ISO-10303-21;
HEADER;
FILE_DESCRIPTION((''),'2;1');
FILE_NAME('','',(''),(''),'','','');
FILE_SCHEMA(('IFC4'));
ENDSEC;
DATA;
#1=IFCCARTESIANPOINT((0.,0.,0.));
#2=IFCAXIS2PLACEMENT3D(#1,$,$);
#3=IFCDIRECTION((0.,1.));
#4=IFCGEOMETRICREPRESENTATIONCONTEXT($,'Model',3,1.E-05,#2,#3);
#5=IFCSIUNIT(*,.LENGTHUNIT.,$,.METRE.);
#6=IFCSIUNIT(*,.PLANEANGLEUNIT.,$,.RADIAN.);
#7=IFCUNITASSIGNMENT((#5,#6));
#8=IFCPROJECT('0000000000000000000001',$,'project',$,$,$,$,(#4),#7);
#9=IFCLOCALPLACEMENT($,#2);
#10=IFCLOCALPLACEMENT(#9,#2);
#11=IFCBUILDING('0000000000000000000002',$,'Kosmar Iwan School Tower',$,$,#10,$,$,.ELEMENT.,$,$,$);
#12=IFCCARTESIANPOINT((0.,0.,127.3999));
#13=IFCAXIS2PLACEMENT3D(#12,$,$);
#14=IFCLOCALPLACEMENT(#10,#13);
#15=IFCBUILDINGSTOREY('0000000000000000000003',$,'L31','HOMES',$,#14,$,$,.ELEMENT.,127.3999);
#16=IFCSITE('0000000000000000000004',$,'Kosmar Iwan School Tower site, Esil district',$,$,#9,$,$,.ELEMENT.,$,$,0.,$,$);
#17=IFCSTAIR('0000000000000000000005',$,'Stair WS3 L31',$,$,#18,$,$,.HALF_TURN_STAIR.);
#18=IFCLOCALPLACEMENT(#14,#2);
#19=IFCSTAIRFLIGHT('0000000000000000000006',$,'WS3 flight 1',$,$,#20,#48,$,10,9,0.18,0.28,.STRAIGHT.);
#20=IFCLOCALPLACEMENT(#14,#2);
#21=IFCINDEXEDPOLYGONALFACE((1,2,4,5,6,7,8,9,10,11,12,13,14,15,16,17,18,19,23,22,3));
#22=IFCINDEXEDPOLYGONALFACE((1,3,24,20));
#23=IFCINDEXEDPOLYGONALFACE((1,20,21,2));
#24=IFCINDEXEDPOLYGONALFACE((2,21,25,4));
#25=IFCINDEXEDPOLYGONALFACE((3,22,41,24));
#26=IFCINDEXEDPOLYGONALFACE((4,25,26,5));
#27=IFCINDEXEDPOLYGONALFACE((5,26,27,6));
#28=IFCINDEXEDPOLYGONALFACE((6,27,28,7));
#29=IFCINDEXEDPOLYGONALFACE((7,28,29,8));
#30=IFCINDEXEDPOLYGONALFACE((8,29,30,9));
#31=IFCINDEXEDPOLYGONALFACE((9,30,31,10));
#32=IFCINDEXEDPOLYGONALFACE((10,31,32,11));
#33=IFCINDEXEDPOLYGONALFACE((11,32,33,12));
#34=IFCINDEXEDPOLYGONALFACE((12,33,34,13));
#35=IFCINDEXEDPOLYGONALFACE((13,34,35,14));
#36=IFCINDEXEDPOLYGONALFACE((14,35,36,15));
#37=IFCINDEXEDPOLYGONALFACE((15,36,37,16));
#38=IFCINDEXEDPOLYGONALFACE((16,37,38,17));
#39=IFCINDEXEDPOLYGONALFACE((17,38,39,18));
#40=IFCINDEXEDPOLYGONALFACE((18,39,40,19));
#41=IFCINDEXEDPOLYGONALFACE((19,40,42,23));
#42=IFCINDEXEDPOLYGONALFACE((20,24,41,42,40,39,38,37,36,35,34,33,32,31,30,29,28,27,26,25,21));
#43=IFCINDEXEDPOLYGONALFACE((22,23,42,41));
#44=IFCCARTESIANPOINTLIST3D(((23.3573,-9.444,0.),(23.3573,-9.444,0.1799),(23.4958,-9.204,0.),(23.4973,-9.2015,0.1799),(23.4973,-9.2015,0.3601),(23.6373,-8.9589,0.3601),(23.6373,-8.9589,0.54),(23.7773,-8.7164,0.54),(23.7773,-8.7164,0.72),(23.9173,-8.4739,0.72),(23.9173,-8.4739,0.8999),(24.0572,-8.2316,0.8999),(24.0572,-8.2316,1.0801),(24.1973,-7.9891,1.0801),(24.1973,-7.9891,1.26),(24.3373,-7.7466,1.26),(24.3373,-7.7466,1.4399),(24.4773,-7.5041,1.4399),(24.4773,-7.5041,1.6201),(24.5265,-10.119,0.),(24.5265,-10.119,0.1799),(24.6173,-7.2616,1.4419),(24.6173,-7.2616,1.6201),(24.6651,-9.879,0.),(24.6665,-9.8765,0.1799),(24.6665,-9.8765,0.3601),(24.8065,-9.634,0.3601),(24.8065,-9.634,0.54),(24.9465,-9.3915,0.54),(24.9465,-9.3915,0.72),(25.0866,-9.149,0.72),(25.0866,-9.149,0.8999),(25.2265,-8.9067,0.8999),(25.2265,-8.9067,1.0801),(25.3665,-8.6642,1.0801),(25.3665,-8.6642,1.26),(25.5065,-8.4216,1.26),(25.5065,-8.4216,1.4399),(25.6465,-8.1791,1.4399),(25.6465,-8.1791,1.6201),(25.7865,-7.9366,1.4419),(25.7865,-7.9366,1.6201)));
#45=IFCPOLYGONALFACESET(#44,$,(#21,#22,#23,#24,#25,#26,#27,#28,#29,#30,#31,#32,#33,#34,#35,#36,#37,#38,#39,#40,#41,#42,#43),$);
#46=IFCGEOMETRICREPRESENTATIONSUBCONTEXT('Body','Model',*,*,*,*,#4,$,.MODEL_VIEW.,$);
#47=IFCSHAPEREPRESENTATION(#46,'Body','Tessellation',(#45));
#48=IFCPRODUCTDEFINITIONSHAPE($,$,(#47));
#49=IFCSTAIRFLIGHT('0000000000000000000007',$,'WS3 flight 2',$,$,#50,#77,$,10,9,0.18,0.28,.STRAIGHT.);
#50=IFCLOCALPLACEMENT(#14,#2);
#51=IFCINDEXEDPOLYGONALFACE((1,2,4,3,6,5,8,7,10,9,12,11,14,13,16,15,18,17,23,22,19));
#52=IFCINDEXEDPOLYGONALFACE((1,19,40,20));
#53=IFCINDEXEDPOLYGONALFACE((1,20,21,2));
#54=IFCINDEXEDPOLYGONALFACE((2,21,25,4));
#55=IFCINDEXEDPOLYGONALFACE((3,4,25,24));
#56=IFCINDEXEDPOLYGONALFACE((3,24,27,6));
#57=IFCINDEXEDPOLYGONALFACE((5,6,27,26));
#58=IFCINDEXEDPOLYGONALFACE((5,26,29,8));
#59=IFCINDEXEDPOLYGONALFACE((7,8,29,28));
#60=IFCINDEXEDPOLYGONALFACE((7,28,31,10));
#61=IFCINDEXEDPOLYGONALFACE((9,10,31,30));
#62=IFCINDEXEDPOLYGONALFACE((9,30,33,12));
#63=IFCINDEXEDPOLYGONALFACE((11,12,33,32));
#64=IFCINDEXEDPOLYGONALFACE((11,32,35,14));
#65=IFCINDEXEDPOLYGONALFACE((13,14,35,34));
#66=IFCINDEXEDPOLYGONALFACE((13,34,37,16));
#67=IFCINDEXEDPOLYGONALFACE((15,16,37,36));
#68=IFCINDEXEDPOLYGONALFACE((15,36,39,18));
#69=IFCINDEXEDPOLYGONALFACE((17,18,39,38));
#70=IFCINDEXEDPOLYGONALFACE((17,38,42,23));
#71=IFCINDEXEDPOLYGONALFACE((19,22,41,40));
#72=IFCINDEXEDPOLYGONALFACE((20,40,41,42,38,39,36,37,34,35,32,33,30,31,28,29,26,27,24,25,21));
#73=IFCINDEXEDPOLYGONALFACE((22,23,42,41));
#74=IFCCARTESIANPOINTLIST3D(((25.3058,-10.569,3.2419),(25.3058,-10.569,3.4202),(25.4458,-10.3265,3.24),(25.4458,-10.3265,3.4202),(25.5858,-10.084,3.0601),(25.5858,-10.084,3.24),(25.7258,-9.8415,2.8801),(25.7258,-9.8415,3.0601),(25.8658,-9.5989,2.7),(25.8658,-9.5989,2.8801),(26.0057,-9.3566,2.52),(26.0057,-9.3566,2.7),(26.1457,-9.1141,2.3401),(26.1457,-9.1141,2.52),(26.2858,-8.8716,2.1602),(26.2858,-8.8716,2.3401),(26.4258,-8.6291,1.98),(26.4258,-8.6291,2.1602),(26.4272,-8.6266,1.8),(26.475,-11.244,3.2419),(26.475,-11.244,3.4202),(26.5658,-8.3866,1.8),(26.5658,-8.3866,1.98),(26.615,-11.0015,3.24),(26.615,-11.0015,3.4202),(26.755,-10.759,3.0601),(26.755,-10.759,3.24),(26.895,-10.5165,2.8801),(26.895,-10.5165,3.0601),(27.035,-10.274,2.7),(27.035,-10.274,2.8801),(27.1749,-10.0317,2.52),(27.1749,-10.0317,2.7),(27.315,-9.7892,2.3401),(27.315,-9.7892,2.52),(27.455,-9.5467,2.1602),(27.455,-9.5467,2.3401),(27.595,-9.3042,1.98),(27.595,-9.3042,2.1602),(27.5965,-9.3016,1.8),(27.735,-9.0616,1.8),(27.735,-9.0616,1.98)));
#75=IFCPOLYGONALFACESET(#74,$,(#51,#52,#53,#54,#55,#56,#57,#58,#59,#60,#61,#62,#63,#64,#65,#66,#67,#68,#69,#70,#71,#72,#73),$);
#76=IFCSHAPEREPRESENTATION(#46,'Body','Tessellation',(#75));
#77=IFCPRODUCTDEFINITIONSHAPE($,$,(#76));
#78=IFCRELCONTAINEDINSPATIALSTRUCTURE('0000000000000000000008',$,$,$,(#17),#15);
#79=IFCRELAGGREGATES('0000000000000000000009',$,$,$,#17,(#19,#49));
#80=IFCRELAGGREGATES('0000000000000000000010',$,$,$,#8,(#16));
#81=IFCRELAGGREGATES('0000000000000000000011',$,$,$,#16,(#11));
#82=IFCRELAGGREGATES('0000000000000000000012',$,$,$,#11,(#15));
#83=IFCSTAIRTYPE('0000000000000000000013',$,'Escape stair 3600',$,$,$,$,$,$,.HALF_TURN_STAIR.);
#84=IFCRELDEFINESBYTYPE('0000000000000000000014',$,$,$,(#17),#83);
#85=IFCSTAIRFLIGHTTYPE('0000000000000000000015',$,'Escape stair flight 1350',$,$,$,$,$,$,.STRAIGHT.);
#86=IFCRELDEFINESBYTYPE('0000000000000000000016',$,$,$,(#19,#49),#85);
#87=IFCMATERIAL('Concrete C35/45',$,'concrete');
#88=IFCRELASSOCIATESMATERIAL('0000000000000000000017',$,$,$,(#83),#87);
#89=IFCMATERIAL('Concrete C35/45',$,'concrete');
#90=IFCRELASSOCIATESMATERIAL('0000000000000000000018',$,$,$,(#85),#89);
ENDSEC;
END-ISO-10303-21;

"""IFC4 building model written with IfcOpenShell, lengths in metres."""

from ifc_helpers import new_model, si_unit, direction, frame, origin, place, context, subcontext, project, spatial, polyline, outline, extrude, material, type_object, element, aggregate, save


model = new_model("IFC4")

# Units and contexts
model_context = context("Model", 3, precision=1e-05, world=origin(), true_north=direction((0.0, 1.0)))
body_context = subcontext(model_context, "Body", "Model", "MODEL_VIEW")
ifc_project = project(units=[si_unit("LENGTHUNIT", "METRE"), si_unit("PLANEANGLEUNIT", "RADIAN")], contexts=[model_context])

# Site, building, storey
site_placement = place(None, origin())
site = spatial("IfcSite", under=ifc_project, at=site_placement, Name="Kosmar Iwan School Tower site, Esil district", CompositionType="ELEMENT", RefElevation=0.0)
building_placement = place(site_placement, origin())
building = spatial("IfcBuilding", under=site, at=building_placement, Name="Kosmar Iwan School Tower", CompositionType="ELEMENT")
storey_placement = place(building_placement, frame((0.0, 0.0, 127.3999)))
storey = spatial("IfcBuildingStorey", under=building, at=storey_placement, Name="L31", Description="HOMES", CompositionType="ELEMENT", Elevation=127.3999)

# Stair, stair flights
ifc_material_1 = material(Name="Concrete C35/45", Category="concrete")
stair_type = type_object("IfcStairType", Name="Escape stair 3600", PredefinedType="HALF_TURN_STAIR", material=ifc_material_1)
stair_placement = place(storey_placement, origin())
stair = element("IfcStair", 1, at=stair_placement, inside=storey, type_object=stair_type, Name="Stair WS3 L31", PredefinedType="HALF_TURN_STAIR")
ifc_material_2 = material(Name="Concrete C35/45", Category="concrete")
stair_flight_type = type_object("IfcStairFlightType", Name="Escape stair flight 1350", PredefinedType="STRAIGHT", material=ifc_material_2)
stair_flight_1_placement = place(storey_placement, frame((23.9419, -9.7815, 0.0), z_axis=(0.0, 0.0, 1.0), x_axis=(0.5, 0.866025, 0.0)))
stair_flight_1 = element("IfcStairFlight", 2, at=stair_flight_1_placement, type_object=stair_flight_type, Name="WS3 flight 1", NumberOfRisers=10, NumberOfTreads=9, PredefinedType="STRAIGHT", RiserHeight=0.18, TreadLength=0.28, context=body_context, shape_type="SweptSolid", body=[
    extrude(outline(polyline([(0.0, 0.0), (0.0, 0.1799), (0.28, 0.1799), (0.28, 0.3601), (0.5601, 0.3601), (0.5601, 0.54), (0.8401, 0.54), (0.8401, 0.72), (1.1201, 0.72), (1.1201, 0.8999), (1.3999, 0.8999), (1.3999, 1.0801), (1.6799, 1.0801), (1.6799, 1.26), (1.96, 1.26), (1.96, 1.4399), (2.24, 1.4399), (2.24, 1.6201), (2.52, 1.6201), (2.52, 1.8), (2.52, 1.4419), (0.2771, 0.0), (0.0, 0.0)])), frame((0.0, 0.675, 0.0), z_axis=(0.0, -1.0, 0.0), x_axis=(1.0, 0.0, 0.0)), (0.0, 0.0, 1.0), 1.3501),
])
stair_flight_2_placement = place(storey_placement, frame((27.1504, -8.7241, 1.8), z_axis=(0.0, 0.0, 1.0), x_axis=(-0.5, -0.866025, 0.0)))
stair_flight_2 = element("IfcStairFlight", 3, at=stair_flight_2_placement, type_object=stair_flight_type, Name="WS3 flight 2", NumberOfRisers=10, NumberOfTreads=9, PredefinedType="STRAIGHT", RiserHeight=0.18, TreadLength=0.28, context=body_context, shape_type="SweptSolid", body=[
    extrude(outline(polyline([(0.0, 0.0), (0.0, 0.1799), (0.28, 0.1799), (0.28, 0.3601), (0.5601, 0.3601), (0.5601, 0.54), (0.8401, 0.54), (0.8401, 0.72), (1.1201, 0.72), (1.1201, 0.8999), (1.3999, 0.8999), (1.3999, 1.0801), (1.6799, 1.0801), (1.6799, 1.26), (1.96, 1.26), (1.96, 1.4399), (2.24, 1.4399), (2.24, 1.6201), (2.52, 1.6201), (2.52, 1.8), (2.52, 1.4419), (0.2771, 0.0), (0.0, 0.0)])), frame((0.0, 0.675, 0.0), z_axis=(0.0, -1.0, 0.0), x_axis=(1.0, 0.0, 0.0)), (0.0, 0.0, 1.0), 1.3501),
])
aggregate(stair, [stair_flight_1, stair_flight_2])

save(model, "model.ifc")
